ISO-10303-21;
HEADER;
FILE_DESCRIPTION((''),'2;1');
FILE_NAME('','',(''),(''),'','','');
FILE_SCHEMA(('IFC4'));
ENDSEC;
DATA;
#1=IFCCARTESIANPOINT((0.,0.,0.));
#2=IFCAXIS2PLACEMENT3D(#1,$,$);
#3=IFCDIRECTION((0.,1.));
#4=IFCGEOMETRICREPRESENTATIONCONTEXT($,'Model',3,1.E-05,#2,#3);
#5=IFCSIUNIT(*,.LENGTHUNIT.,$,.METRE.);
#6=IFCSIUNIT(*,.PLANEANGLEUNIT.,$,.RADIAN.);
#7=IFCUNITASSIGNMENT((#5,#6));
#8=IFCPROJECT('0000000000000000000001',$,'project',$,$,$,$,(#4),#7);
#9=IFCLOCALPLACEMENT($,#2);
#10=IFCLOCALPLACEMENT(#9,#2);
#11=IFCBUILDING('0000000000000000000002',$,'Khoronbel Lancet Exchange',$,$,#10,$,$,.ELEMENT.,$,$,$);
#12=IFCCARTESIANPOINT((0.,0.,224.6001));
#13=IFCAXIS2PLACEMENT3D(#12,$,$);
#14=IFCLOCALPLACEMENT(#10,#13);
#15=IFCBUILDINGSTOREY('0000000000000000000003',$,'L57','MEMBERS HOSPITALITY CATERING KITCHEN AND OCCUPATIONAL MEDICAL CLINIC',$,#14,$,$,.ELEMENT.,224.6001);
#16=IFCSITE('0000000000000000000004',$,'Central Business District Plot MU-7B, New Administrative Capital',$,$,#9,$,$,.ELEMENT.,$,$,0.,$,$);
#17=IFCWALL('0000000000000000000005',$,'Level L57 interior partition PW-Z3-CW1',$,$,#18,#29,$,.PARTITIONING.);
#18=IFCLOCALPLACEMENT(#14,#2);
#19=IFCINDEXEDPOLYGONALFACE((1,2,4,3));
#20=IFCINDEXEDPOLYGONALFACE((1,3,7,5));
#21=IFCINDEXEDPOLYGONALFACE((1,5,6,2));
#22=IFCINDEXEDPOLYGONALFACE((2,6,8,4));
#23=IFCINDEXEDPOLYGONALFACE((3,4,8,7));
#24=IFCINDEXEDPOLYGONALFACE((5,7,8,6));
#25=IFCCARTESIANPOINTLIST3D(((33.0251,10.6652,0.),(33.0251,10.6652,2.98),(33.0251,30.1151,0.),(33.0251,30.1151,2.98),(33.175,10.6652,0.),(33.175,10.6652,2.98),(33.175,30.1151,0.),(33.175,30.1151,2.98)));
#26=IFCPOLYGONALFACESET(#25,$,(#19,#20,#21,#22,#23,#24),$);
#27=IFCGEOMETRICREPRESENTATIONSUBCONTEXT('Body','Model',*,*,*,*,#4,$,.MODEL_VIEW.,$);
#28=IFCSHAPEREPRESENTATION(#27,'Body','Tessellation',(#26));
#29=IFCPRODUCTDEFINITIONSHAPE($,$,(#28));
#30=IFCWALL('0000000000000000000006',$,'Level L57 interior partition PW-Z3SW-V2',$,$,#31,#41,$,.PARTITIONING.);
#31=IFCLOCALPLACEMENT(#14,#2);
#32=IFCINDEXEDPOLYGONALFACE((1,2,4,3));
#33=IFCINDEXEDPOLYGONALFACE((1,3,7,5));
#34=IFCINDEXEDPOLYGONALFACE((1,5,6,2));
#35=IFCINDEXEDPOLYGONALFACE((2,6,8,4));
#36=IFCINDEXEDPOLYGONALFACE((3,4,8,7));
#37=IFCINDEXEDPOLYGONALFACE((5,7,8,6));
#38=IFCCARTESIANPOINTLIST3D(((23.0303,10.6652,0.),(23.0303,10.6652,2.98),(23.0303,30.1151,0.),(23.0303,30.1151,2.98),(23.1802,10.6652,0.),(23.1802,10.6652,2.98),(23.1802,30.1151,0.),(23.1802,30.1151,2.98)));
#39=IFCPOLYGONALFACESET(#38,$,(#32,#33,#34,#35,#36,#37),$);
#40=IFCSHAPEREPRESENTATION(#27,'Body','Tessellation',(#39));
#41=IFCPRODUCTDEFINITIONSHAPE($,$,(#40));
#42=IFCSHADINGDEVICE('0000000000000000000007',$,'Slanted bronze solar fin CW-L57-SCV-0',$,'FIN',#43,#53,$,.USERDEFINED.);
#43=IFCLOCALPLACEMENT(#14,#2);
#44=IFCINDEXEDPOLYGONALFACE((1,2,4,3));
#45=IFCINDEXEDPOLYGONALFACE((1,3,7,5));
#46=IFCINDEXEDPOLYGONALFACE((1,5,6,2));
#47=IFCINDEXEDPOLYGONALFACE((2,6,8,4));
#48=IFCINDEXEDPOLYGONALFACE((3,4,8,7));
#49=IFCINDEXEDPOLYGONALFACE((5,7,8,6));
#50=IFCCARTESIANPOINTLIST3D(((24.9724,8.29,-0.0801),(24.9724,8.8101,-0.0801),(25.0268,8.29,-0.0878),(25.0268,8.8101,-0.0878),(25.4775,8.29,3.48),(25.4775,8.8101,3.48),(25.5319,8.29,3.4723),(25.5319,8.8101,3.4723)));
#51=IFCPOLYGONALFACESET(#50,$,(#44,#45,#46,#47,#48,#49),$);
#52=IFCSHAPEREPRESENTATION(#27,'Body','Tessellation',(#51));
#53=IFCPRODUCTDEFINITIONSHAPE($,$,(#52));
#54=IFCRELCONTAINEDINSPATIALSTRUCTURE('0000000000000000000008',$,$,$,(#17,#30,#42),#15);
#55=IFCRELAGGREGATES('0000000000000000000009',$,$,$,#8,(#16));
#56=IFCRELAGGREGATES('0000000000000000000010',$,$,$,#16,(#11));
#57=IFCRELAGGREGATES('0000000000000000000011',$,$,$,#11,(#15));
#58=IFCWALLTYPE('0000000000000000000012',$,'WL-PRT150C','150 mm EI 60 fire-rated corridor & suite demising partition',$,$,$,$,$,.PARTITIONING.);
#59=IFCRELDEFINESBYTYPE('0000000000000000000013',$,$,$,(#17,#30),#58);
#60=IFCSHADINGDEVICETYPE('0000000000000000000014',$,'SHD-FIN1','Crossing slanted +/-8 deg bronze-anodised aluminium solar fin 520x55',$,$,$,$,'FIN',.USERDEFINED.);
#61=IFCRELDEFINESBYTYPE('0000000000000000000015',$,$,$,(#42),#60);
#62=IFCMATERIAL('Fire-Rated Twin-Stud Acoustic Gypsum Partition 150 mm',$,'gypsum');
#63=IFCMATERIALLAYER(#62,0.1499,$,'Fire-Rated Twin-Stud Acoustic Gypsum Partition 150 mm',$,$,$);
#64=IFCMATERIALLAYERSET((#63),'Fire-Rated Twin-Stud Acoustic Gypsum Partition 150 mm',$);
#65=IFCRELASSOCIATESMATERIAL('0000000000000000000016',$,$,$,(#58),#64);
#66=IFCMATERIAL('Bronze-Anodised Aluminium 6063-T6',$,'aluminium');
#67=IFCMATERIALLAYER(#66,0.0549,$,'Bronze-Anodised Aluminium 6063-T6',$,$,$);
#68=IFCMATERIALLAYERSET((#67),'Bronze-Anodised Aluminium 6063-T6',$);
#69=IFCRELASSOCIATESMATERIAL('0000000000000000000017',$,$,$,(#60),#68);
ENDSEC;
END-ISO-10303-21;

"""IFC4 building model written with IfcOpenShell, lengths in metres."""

from ifc_helpers import new_model, si_unit, direction, frame, frame_2d, origin, place, context, subcontext, project, spatial, polyline, rectangle, outline, extrude, material, layer, layer_set, type_object, element, save


model = new_model("IFC4")

# Units and contexts
model_context = context("Model", 3, precision=1e-05, world=origin(), true_north=direction((0.0, 1.0)))
body_context = subcontext(model_context, "Body", "Model", "MODEL_VIEW")
ifc_project = project(units=[si_unit("LENGTHUNIT", "METRE"), si_unit("PLANEANGLEUNIT", "RADIAN")], contexts=[model_context])

# Site, building, storey
site_placement = place(None, origin())
site = spatial("IfcSite", under=ifc_project, at=site_placement, Name="Central Business District Plot MU-7B, New Administrative Capital", CompositionType="ELEMENT", RefElevation=0.0)
building_placement = place(site_placement, origin())
building = spatial("IfcBuilding", under=site, at=building_placement, Name="Khoronbel Lancet Exchange", CompositionType="ELEMENT")
storey_placement = place(building_placement, frame((0.0, 0.0, 224.6001)))
storey = spatial("IfcBuildingStorey", under=building, at=storey_placement, Name="L57", Description="MEMBERS HOSPITALITY CATERING KITCHEN AND OCCUPATIONAL MEDICAL CLINIC", CompositionType="ELEMENT", Elevation=224.6001)

# Shared definitions
ifc_material_1 = material(Name="Bronze-Anodised Aluminium 6063-T6", Category="aluminium")

# Walls
ifc_material_2 = material(Name="Fire-Rated Twin-Stud Acoustic Gypsum Partition 150 mm", Category="gypsum")
ifc_layer_1 = layer(ifc_material_2, 0.1499, Name="Fire-Rated Twin-Stud Acoustic Gypsum Partition 150 mm")
ifc_layer_set_1 = layer_set([ifc_layer_1], Name="Fire-Rated Twin-Stud Acoustic Gypsum Partition 150 mm")
wall_type = type_object("IfcWallType", Name="WL-PRT150C", Description="150 mm EI 60 fire-rated corridor & suite demising partition", PredefinedType="PARTITIONING", material=ifc_layer_set_1)
for number, where, z_axis, x_axis, name in (
    (1, (33.1001, 10.665, 0.0), (0.0, 0.0, 1.0), (0.0, 1.0, 0.0), "Level L57 interior partition PW-Z3-CW1"),
    (2, (23.1052, 10.665, 0.0), (0.0, 0.0, 1.0), (0.0, 1.0, 0.0), "Level L57 interior partition PW-Z3SW-V2"),
):
    element("IfcWall", number, at=place(storey_placement, frame(where, z_axis=z_axis, x_axis=x_axis)), inside=storey, type_object=wall_type, Name=name, PredefinedType="PARTITIONING", context=body_context, shape_type="SweptSolid", body=[
        extrude(rectangle(XDim=19.45, YDim=0.1499, at=frame_2d((9.7251, 0.0))), origin(), (0.0, 0.0, 1.0), 2.98),
    ])

# Shading device
ifc_layer_2 = layer(ifc_material_1, 0.0549, Name="Bronze-Anodised Aluminium 6063-T6")
ifc_layer_set_2 = layer_set([ifc_layer_2], Name="Bronze-Anodised Aluminium 6063-T6")
shading_device_type = type_object("IfcShadingDeviceType", Name="SHD-FIN1", Description="Crossing slanted +/-8 deg bronze-anodised aluminium solar fin 520x55", ElementType="FIN", PredefinedType="USERDEFINED", material=ifc_layer_set_2)
shading_device_placement = place(storey_placement, frame((24.9724, 8.8101, -0.0801), z_axis=(-0.990083, 0.0, 0.14048), x_axis=(0.0, -1.0, 0.0)))
element("IfcShadingDevice", 3, at=shading_device_placement, inside=storey, type_object=shading_device_type, Name="Slanted bronze solar fin CW-L57-SCV-0", ObjectType="FIN", PredefinedType="USERDEFINED", context=body_context, shape_type="SweptSolid", body=[
    extrude(outline(polyline([(0.0, 0.0), (0.52, 0.0), (0.52, 3.5957), (0.0, 3.5957), (0.0, 0.0)])), origin(), (0.0, 0.0, -1.0), 0.0549),
])

save(model, "model.ifc")
